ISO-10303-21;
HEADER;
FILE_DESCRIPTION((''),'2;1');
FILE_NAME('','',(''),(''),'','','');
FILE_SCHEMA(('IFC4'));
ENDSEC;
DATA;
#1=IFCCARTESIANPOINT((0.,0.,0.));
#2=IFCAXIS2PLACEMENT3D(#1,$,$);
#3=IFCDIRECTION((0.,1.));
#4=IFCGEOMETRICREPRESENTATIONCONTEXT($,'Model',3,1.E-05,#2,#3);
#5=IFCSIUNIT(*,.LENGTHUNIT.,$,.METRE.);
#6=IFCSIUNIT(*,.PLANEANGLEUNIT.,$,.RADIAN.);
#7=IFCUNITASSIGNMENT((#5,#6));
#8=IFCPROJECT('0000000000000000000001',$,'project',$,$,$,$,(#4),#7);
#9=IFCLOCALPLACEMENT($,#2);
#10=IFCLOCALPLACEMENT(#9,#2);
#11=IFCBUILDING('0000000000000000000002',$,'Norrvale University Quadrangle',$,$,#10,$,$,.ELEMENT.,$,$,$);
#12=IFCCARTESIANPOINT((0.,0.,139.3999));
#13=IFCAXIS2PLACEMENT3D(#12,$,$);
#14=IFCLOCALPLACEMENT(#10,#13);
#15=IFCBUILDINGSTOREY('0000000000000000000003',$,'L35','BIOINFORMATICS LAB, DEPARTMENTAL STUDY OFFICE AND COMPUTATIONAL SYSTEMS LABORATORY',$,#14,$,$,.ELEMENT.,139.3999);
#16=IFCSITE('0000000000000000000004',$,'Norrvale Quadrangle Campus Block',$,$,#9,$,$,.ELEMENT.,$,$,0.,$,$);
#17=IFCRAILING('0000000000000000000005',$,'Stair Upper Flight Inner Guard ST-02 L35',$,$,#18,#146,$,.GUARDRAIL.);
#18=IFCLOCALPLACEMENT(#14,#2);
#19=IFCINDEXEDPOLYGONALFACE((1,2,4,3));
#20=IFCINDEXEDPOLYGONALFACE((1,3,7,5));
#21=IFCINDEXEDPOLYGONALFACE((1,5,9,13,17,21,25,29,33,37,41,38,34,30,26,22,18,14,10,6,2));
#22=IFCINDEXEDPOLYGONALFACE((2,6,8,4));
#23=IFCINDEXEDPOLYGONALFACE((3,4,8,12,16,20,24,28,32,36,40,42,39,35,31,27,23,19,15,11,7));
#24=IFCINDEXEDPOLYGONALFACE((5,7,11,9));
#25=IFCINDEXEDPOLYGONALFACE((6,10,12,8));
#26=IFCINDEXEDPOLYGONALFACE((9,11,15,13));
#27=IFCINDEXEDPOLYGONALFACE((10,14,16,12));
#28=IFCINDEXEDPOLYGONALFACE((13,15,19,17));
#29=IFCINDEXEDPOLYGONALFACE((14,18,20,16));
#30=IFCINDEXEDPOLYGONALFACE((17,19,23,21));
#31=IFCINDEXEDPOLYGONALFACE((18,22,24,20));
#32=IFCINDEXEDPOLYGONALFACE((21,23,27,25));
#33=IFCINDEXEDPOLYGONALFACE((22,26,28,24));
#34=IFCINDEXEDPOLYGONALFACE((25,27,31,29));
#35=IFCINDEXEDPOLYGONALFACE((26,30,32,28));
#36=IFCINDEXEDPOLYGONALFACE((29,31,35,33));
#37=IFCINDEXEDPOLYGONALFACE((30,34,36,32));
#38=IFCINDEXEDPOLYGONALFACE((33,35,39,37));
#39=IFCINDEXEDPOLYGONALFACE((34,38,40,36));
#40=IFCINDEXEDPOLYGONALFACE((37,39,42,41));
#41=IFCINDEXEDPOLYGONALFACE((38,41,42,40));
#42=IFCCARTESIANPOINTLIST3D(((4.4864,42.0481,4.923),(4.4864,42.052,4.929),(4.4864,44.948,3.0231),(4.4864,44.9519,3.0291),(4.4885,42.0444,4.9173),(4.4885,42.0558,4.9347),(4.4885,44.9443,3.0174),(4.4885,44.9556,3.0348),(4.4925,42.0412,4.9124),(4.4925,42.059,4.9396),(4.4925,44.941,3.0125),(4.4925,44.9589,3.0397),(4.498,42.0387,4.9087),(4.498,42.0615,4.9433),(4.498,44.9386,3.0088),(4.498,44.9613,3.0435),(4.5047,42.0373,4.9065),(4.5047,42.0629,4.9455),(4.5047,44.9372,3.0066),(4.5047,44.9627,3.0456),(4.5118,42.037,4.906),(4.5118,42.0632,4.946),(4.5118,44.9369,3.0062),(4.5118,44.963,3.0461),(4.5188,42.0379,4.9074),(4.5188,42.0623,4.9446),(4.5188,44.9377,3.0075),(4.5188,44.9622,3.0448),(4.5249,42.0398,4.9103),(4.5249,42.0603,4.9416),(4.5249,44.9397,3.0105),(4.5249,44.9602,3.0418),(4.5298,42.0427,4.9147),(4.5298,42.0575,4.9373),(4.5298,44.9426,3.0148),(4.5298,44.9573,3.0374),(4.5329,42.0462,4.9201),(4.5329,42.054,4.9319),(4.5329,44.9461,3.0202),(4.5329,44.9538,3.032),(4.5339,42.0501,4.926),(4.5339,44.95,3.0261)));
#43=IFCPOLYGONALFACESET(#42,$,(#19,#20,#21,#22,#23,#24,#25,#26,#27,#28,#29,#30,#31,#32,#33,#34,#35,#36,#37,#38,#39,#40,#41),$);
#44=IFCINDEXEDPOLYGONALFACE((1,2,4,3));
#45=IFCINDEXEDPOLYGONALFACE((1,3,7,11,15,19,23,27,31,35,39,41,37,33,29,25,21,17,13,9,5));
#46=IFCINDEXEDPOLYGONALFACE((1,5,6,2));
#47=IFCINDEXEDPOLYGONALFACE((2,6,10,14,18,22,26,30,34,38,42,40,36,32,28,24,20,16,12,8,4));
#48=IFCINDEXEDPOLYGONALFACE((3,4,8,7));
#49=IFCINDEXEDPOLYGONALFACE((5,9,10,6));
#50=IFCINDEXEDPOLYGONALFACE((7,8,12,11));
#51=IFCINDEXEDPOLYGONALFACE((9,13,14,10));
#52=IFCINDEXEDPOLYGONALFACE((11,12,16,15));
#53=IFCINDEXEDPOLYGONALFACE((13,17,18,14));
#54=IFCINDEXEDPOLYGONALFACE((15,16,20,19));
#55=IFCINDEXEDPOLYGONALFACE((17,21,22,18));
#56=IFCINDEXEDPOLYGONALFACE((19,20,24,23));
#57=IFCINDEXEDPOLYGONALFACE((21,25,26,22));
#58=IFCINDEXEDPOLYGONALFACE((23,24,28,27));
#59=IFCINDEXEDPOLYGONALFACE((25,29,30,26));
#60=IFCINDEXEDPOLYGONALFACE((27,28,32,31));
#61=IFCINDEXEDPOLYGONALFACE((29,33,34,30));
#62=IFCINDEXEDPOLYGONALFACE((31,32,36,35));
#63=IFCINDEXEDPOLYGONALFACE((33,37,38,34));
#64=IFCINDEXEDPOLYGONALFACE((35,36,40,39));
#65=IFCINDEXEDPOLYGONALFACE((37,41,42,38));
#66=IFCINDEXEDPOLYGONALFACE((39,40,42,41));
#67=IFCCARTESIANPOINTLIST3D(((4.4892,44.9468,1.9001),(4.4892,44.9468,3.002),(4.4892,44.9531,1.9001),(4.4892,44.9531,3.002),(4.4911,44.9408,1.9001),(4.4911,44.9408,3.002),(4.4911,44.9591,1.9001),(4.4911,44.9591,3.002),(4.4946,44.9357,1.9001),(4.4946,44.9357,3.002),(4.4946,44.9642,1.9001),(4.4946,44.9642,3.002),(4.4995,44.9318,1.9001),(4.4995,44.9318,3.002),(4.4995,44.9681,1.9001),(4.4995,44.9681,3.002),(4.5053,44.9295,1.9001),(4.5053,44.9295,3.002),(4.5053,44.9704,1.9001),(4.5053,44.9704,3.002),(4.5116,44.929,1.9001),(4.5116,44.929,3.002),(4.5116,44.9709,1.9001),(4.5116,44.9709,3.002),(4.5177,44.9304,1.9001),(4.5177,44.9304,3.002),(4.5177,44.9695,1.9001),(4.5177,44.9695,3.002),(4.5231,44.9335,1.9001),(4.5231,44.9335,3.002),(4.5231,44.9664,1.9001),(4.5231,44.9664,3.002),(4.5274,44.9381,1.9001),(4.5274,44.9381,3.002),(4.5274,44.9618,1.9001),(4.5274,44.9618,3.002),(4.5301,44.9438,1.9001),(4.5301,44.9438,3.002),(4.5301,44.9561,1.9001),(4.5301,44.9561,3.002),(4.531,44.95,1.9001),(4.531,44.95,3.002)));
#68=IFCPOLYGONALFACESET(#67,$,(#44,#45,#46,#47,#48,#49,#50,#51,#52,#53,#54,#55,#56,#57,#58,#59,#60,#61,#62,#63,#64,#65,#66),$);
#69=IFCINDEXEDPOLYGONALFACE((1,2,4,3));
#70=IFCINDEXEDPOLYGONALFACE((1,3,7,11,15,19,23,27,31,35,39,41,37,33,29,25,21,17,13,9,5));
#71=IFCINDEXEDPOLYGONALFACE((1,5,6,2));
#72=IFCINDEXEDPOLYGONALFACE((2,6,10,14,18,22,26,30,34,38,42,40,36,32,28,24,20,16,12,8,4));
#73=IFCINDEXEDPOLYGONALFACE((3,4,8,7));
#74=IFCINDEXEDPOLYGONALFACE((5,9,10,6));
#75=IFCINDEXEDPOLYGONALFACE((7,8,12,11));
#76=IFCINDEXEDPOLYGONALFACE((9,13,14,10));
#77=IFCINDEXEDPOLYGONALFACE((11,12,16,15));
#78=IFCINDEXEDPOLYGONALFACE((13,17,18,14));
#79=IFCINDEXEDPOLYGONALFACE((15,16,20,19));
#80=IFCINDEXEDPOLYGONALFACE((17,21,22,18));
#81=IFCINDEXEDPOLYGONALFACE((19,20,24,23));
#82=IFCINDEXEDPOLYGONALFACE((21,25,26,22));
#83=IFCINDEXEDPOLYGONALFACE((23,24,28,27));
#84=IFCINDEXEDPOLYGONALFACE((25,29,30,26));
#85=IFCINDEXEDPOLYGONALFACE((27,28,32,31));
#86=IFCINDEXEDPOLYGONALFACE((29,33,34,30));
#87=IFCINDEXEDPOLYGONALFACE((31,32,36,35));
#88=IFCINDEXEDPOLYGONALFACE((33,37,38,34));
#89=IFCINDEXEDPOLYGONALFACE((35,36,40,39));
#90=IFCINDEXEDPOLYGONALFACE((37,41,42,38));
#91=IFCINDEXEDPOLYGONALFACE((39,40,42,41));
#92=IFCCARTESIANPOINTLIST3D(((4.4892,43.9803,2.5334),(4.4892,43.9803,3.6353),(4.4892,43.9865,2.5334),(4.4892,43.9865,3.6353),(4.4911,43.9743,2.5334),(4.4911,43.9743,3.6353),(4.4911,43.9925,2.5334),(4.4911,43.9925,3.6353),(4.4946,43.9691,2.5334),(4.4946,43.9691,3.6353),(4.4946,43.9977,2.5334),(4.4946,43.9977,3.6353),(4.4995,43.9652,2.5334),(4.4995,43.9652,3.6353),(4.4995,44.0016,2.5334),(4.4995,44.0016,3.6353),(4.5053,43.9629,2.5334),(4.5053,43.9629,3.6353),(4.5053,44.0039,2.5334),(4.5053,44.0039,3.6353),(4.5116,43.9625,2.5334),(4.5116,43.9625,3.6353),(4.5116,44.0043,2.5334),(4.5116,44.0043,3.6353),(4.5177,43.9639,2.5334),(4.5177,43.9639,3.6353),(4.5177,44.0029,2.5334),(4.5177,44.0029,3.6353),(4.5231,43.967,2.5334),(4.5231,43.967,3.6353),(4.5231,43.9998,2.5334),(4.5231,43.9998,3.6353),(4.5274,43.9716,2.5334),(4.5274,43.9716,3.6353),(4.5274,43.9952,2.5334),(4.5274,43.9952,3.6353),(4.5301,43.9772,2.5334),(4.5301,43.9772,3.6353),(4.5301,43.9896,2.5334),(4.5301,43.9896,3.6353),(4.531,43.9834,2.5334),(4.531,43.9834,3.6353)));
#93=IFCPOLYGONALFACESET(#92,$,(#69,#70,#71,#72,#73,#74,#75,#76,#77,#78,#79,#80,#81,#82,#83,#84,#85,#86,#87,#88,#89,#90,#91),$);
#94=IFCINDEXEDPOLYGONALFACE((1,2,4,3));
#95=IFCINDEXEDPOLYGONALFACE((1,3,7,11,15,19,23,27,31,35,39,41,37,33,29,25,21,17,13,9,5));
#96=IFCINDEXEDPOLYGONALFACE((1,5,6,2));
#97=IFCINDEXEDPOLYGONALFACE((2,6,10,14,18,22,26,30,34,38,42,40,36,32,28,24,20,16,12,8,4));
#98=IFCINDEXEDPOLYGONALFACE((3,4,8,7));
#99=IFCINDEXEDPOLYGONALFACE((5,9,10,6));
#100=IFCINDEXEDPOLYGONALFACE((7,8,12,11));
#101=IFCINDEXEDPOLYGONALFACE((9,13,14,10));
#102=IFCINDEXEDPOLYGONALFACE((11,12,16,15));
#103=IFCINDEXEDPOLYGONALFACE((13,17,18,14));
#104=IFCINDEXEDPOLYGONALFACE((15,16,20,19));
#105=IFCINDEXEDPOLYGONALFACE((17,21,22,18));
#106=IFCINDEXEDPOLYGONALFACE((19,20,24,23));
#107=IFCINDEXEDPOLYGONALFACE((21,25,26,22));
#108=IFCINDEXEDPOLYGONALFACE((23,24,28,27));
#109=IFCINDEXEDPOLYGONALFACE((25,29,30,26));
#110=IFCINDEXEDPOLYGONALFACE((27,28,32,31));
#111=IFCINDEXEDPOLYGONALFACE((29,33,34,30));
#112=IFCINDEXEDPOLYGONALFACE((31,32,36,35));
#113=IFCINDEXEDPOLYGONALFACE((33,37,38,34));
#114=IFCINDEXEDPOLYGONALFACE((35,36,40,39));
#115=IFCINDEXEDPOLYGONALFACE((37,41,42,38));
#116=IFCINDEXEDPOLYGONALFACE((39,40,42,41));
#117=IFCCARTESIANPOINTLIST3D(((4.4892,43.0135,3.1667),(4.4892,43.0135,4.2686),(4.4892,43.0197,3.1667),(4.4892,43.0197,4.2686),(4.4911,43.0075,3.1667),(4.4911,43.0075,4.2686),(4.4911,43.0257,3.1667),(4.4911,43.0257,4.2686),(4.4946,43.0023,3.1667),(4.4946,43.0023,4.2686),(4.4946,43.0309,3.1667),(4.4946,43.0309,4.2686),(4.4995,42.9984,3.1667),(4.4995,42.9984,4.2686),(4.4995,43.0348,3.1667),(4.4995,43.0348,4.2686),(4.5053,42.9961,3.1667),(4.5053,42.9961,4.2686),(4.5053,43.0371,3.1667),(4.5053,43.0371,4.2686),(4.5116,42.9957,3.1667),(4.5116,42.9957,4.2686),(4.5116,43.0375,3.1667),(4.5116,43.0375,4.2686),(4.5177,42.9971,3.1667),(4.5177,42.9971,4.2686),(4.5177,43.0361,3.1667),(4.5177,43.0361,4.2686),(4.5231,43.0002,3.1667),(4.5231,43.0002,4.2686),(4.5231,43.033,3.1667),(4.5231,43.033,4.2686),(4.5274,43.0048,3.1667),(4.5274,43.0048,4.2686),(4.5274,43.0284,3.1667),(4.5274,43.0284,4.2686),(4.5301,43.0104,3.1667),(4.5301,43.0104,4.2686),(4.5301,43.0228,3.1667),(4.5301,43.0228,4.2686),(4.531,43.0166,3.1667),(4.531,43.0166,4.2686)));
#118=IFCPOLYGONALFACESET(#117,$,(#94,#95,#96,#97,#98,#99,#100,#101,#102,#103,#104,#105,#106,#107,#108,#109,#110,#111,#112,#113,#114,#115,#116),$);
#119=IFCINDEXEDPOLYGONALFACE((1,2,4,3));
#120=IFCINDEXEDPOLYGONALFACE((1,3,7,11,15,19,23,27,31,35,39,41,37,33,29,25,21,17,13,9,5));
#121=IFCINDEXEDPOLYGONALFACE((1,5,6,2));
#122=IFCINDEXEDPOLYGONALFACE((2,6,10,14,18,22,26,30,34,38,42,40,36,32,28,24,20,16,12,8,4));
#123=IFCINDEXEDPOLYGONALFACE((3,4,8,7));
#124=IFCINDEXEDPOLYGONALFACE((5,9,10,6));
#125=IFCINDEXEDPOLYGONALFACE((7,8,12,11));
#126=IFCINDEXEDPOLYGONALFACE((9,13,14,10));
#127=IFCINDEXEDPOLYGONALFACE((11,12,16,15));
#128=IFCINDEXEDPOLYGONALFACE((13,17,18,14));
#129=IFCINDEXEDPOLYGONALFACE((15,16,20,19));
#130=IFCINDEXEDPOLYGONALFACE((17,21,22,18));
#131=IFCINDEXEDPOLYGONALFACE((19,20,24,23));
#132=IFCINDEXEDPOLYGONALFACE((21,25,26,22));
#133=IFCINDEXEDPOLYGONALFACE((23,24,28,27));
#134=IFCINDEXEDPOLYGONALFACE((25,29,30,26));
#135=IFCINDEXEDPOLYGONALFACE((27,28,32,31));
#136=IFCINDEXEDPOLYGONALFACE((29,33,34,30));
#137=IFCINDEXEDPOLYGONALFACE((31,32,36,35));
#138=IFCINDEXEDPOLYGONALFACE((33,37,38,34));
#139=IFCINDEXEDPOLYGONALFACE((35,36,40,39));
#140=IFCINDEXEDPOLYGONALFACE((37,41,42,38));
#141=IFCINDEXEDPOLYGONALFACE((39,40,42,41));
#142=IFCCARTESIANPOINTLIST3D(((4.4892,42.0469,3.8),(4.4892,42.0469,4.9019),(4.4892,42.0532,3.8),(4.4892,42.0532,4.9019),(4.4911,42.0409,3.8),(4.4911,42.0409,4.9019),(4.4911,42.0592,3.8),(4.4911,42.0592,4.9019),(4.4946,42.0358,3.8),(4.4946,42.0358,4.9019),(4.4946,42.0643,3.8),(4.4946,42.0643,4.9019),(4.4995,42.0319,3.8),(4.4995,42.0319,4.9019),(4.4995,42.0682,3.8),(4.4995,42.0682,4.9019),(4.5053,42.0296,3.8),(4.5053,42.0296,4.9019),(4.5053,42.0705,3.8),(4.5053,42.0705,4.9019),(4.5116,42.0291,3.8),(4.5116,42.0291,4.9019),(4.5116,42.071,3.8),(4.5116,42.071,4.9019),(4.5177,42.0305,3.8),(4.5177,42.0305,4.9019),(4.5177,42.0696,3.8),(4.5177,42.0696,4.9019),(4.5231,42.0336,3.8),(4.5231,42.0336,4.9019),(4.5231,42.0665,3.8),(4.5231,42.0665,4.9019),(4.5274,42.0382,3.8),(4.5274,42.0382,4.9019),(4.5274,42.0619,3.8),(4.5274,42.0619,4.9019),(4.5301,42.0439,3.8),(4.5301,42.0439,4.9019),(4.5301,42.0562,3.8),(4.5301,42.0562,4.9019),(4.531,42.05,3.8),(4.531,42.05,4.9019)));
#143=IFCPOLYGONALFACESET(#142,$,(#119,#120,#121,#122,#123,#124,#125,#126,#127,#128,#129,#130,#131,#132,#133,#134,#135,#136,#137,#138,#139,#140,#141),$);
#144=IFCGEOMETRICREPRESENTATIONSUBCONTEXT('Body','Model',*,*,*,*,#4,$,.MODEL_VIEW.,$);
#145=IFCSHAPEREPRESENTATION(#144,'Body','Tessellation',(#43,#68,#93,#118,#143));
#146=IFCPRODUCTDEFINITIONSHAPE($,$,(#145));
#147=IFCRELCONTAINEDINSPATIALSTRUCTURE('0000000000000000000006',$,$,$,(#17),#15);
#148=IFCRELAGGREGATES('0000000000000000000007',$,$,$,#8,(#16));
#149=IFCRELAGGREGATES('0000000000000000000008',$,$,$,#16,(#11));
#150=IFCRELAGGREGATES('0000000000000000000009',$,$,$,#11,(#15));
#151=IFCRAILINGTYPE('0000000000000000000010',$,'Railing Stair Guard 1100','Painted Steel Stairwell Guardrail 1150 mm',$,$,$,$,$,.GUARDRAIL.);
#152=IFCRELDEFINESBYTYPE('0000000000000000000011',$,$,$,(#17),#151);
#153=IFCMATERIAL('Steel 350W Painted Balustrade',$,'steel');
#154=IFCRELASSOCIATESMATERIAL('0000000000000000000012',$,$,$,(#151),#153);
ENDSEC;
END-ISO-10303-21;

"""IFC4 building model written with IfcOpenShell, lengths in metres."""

from ifc_helpers import new_model, si_unit, direction, frame, origin, origin_2d, place, context, subcontext, project, spatial, circle, extrude, material, type_object, element, save


model = new_model("IFC4")

# Units and contexts
model_context = context("Model", 3, precision=1e-05, world=origin(), true_north=direction((0.0, 1.0)))
body_context = subcontext(model_context, "Body", "Model", "MODEL_VIEW")
ifc_project = project(units=[si_unit("LENGTHUNIT", "METRE"), si_unit("PLANEANGLEUNIT", "RADIAN")], contexts=[model_context])

# Site, building, storey
site_placement = place(None, origin())
site = spatial("IfcSite", under=ifc_project, at=site_placement, Name="Norrvale Quadrangle Campus Block", CompositionType="ELEMENT", RefElevation=0.0)
building_placement = place(site_placement, origin())
building = spatial("IfcBuilding", under=site, at=building_placement, Name="Norrvale University Quadrangle", CompositionType="ELEMENT")
storey_placement = place(building_placement, frame((0.0, 0.0, 139.3999)))
storey = spatial("IfcBuildingStorey", under=building, at=storey_placement, Name="L35", Description="BIOINFORMATICS LAB, DEPARTMENTAL STUDY OFFICE AND COMPUTATIONAL SYSTEMS LABORATORY", CompositionType="ELEMENT", Elevation=139.3999)

# Railing
ifc_material_1 = material(Name="Steel 350W Painted Balustrade", Category="steel")
railing_type_1 = type_object("IfcRailingType", Name="Railing Stair Guard 1100", Description="Painted Steel Stairwell Guardrail 1150 mm", PredefinedType="GUARDRAIL", material=ifc_material_1)
railing_1_placement = place(storey_placement, frame((4.51, 44.95, 1.9001)))
element("IfcRailing", 1, at=railing_1_placement, inside=storey, type_object=railing_type_1, Name="Stair Upper Flight Inner Guard ST-02 L35", PredefinedType="GUARDRAIL", context=body_context, shape_type="SweptSolid", body=[
    extrude(circle(Radius=0.0239, at=origin_2d()), frame((0.0, 0.0, 1.126), z_axis=(0.0, -0.836466, 0.548019), x_axis=(1.0, 0.0, 0.0)), (0.0, 0.0, 1.0), 3.4668),
    extrude(circle(Radius=0.021, at=origin_2d()), origin(), (0.0, 0.0, 1.0), 1.1018),
    extrude(circle(Radius=0.021, at=origin_2d()), frame((0.0, -0.9666, 0.6333)), (0.0, 0.0, 1.0), 1.1018),
    extrude(circle(Radius=0.021, at=origin_2d()), frame((0.0, -1.9333, 1.2666)), (0.0, 0.0, 1.0), 1.1018),
    extrude(circle(Radius=0.021, at=origin_2d()), frame((0.0, -2.8999, 1.8999)), (0.0, 0.0, 1.0), 1.1018),
])

save(model, "model.ifc")
